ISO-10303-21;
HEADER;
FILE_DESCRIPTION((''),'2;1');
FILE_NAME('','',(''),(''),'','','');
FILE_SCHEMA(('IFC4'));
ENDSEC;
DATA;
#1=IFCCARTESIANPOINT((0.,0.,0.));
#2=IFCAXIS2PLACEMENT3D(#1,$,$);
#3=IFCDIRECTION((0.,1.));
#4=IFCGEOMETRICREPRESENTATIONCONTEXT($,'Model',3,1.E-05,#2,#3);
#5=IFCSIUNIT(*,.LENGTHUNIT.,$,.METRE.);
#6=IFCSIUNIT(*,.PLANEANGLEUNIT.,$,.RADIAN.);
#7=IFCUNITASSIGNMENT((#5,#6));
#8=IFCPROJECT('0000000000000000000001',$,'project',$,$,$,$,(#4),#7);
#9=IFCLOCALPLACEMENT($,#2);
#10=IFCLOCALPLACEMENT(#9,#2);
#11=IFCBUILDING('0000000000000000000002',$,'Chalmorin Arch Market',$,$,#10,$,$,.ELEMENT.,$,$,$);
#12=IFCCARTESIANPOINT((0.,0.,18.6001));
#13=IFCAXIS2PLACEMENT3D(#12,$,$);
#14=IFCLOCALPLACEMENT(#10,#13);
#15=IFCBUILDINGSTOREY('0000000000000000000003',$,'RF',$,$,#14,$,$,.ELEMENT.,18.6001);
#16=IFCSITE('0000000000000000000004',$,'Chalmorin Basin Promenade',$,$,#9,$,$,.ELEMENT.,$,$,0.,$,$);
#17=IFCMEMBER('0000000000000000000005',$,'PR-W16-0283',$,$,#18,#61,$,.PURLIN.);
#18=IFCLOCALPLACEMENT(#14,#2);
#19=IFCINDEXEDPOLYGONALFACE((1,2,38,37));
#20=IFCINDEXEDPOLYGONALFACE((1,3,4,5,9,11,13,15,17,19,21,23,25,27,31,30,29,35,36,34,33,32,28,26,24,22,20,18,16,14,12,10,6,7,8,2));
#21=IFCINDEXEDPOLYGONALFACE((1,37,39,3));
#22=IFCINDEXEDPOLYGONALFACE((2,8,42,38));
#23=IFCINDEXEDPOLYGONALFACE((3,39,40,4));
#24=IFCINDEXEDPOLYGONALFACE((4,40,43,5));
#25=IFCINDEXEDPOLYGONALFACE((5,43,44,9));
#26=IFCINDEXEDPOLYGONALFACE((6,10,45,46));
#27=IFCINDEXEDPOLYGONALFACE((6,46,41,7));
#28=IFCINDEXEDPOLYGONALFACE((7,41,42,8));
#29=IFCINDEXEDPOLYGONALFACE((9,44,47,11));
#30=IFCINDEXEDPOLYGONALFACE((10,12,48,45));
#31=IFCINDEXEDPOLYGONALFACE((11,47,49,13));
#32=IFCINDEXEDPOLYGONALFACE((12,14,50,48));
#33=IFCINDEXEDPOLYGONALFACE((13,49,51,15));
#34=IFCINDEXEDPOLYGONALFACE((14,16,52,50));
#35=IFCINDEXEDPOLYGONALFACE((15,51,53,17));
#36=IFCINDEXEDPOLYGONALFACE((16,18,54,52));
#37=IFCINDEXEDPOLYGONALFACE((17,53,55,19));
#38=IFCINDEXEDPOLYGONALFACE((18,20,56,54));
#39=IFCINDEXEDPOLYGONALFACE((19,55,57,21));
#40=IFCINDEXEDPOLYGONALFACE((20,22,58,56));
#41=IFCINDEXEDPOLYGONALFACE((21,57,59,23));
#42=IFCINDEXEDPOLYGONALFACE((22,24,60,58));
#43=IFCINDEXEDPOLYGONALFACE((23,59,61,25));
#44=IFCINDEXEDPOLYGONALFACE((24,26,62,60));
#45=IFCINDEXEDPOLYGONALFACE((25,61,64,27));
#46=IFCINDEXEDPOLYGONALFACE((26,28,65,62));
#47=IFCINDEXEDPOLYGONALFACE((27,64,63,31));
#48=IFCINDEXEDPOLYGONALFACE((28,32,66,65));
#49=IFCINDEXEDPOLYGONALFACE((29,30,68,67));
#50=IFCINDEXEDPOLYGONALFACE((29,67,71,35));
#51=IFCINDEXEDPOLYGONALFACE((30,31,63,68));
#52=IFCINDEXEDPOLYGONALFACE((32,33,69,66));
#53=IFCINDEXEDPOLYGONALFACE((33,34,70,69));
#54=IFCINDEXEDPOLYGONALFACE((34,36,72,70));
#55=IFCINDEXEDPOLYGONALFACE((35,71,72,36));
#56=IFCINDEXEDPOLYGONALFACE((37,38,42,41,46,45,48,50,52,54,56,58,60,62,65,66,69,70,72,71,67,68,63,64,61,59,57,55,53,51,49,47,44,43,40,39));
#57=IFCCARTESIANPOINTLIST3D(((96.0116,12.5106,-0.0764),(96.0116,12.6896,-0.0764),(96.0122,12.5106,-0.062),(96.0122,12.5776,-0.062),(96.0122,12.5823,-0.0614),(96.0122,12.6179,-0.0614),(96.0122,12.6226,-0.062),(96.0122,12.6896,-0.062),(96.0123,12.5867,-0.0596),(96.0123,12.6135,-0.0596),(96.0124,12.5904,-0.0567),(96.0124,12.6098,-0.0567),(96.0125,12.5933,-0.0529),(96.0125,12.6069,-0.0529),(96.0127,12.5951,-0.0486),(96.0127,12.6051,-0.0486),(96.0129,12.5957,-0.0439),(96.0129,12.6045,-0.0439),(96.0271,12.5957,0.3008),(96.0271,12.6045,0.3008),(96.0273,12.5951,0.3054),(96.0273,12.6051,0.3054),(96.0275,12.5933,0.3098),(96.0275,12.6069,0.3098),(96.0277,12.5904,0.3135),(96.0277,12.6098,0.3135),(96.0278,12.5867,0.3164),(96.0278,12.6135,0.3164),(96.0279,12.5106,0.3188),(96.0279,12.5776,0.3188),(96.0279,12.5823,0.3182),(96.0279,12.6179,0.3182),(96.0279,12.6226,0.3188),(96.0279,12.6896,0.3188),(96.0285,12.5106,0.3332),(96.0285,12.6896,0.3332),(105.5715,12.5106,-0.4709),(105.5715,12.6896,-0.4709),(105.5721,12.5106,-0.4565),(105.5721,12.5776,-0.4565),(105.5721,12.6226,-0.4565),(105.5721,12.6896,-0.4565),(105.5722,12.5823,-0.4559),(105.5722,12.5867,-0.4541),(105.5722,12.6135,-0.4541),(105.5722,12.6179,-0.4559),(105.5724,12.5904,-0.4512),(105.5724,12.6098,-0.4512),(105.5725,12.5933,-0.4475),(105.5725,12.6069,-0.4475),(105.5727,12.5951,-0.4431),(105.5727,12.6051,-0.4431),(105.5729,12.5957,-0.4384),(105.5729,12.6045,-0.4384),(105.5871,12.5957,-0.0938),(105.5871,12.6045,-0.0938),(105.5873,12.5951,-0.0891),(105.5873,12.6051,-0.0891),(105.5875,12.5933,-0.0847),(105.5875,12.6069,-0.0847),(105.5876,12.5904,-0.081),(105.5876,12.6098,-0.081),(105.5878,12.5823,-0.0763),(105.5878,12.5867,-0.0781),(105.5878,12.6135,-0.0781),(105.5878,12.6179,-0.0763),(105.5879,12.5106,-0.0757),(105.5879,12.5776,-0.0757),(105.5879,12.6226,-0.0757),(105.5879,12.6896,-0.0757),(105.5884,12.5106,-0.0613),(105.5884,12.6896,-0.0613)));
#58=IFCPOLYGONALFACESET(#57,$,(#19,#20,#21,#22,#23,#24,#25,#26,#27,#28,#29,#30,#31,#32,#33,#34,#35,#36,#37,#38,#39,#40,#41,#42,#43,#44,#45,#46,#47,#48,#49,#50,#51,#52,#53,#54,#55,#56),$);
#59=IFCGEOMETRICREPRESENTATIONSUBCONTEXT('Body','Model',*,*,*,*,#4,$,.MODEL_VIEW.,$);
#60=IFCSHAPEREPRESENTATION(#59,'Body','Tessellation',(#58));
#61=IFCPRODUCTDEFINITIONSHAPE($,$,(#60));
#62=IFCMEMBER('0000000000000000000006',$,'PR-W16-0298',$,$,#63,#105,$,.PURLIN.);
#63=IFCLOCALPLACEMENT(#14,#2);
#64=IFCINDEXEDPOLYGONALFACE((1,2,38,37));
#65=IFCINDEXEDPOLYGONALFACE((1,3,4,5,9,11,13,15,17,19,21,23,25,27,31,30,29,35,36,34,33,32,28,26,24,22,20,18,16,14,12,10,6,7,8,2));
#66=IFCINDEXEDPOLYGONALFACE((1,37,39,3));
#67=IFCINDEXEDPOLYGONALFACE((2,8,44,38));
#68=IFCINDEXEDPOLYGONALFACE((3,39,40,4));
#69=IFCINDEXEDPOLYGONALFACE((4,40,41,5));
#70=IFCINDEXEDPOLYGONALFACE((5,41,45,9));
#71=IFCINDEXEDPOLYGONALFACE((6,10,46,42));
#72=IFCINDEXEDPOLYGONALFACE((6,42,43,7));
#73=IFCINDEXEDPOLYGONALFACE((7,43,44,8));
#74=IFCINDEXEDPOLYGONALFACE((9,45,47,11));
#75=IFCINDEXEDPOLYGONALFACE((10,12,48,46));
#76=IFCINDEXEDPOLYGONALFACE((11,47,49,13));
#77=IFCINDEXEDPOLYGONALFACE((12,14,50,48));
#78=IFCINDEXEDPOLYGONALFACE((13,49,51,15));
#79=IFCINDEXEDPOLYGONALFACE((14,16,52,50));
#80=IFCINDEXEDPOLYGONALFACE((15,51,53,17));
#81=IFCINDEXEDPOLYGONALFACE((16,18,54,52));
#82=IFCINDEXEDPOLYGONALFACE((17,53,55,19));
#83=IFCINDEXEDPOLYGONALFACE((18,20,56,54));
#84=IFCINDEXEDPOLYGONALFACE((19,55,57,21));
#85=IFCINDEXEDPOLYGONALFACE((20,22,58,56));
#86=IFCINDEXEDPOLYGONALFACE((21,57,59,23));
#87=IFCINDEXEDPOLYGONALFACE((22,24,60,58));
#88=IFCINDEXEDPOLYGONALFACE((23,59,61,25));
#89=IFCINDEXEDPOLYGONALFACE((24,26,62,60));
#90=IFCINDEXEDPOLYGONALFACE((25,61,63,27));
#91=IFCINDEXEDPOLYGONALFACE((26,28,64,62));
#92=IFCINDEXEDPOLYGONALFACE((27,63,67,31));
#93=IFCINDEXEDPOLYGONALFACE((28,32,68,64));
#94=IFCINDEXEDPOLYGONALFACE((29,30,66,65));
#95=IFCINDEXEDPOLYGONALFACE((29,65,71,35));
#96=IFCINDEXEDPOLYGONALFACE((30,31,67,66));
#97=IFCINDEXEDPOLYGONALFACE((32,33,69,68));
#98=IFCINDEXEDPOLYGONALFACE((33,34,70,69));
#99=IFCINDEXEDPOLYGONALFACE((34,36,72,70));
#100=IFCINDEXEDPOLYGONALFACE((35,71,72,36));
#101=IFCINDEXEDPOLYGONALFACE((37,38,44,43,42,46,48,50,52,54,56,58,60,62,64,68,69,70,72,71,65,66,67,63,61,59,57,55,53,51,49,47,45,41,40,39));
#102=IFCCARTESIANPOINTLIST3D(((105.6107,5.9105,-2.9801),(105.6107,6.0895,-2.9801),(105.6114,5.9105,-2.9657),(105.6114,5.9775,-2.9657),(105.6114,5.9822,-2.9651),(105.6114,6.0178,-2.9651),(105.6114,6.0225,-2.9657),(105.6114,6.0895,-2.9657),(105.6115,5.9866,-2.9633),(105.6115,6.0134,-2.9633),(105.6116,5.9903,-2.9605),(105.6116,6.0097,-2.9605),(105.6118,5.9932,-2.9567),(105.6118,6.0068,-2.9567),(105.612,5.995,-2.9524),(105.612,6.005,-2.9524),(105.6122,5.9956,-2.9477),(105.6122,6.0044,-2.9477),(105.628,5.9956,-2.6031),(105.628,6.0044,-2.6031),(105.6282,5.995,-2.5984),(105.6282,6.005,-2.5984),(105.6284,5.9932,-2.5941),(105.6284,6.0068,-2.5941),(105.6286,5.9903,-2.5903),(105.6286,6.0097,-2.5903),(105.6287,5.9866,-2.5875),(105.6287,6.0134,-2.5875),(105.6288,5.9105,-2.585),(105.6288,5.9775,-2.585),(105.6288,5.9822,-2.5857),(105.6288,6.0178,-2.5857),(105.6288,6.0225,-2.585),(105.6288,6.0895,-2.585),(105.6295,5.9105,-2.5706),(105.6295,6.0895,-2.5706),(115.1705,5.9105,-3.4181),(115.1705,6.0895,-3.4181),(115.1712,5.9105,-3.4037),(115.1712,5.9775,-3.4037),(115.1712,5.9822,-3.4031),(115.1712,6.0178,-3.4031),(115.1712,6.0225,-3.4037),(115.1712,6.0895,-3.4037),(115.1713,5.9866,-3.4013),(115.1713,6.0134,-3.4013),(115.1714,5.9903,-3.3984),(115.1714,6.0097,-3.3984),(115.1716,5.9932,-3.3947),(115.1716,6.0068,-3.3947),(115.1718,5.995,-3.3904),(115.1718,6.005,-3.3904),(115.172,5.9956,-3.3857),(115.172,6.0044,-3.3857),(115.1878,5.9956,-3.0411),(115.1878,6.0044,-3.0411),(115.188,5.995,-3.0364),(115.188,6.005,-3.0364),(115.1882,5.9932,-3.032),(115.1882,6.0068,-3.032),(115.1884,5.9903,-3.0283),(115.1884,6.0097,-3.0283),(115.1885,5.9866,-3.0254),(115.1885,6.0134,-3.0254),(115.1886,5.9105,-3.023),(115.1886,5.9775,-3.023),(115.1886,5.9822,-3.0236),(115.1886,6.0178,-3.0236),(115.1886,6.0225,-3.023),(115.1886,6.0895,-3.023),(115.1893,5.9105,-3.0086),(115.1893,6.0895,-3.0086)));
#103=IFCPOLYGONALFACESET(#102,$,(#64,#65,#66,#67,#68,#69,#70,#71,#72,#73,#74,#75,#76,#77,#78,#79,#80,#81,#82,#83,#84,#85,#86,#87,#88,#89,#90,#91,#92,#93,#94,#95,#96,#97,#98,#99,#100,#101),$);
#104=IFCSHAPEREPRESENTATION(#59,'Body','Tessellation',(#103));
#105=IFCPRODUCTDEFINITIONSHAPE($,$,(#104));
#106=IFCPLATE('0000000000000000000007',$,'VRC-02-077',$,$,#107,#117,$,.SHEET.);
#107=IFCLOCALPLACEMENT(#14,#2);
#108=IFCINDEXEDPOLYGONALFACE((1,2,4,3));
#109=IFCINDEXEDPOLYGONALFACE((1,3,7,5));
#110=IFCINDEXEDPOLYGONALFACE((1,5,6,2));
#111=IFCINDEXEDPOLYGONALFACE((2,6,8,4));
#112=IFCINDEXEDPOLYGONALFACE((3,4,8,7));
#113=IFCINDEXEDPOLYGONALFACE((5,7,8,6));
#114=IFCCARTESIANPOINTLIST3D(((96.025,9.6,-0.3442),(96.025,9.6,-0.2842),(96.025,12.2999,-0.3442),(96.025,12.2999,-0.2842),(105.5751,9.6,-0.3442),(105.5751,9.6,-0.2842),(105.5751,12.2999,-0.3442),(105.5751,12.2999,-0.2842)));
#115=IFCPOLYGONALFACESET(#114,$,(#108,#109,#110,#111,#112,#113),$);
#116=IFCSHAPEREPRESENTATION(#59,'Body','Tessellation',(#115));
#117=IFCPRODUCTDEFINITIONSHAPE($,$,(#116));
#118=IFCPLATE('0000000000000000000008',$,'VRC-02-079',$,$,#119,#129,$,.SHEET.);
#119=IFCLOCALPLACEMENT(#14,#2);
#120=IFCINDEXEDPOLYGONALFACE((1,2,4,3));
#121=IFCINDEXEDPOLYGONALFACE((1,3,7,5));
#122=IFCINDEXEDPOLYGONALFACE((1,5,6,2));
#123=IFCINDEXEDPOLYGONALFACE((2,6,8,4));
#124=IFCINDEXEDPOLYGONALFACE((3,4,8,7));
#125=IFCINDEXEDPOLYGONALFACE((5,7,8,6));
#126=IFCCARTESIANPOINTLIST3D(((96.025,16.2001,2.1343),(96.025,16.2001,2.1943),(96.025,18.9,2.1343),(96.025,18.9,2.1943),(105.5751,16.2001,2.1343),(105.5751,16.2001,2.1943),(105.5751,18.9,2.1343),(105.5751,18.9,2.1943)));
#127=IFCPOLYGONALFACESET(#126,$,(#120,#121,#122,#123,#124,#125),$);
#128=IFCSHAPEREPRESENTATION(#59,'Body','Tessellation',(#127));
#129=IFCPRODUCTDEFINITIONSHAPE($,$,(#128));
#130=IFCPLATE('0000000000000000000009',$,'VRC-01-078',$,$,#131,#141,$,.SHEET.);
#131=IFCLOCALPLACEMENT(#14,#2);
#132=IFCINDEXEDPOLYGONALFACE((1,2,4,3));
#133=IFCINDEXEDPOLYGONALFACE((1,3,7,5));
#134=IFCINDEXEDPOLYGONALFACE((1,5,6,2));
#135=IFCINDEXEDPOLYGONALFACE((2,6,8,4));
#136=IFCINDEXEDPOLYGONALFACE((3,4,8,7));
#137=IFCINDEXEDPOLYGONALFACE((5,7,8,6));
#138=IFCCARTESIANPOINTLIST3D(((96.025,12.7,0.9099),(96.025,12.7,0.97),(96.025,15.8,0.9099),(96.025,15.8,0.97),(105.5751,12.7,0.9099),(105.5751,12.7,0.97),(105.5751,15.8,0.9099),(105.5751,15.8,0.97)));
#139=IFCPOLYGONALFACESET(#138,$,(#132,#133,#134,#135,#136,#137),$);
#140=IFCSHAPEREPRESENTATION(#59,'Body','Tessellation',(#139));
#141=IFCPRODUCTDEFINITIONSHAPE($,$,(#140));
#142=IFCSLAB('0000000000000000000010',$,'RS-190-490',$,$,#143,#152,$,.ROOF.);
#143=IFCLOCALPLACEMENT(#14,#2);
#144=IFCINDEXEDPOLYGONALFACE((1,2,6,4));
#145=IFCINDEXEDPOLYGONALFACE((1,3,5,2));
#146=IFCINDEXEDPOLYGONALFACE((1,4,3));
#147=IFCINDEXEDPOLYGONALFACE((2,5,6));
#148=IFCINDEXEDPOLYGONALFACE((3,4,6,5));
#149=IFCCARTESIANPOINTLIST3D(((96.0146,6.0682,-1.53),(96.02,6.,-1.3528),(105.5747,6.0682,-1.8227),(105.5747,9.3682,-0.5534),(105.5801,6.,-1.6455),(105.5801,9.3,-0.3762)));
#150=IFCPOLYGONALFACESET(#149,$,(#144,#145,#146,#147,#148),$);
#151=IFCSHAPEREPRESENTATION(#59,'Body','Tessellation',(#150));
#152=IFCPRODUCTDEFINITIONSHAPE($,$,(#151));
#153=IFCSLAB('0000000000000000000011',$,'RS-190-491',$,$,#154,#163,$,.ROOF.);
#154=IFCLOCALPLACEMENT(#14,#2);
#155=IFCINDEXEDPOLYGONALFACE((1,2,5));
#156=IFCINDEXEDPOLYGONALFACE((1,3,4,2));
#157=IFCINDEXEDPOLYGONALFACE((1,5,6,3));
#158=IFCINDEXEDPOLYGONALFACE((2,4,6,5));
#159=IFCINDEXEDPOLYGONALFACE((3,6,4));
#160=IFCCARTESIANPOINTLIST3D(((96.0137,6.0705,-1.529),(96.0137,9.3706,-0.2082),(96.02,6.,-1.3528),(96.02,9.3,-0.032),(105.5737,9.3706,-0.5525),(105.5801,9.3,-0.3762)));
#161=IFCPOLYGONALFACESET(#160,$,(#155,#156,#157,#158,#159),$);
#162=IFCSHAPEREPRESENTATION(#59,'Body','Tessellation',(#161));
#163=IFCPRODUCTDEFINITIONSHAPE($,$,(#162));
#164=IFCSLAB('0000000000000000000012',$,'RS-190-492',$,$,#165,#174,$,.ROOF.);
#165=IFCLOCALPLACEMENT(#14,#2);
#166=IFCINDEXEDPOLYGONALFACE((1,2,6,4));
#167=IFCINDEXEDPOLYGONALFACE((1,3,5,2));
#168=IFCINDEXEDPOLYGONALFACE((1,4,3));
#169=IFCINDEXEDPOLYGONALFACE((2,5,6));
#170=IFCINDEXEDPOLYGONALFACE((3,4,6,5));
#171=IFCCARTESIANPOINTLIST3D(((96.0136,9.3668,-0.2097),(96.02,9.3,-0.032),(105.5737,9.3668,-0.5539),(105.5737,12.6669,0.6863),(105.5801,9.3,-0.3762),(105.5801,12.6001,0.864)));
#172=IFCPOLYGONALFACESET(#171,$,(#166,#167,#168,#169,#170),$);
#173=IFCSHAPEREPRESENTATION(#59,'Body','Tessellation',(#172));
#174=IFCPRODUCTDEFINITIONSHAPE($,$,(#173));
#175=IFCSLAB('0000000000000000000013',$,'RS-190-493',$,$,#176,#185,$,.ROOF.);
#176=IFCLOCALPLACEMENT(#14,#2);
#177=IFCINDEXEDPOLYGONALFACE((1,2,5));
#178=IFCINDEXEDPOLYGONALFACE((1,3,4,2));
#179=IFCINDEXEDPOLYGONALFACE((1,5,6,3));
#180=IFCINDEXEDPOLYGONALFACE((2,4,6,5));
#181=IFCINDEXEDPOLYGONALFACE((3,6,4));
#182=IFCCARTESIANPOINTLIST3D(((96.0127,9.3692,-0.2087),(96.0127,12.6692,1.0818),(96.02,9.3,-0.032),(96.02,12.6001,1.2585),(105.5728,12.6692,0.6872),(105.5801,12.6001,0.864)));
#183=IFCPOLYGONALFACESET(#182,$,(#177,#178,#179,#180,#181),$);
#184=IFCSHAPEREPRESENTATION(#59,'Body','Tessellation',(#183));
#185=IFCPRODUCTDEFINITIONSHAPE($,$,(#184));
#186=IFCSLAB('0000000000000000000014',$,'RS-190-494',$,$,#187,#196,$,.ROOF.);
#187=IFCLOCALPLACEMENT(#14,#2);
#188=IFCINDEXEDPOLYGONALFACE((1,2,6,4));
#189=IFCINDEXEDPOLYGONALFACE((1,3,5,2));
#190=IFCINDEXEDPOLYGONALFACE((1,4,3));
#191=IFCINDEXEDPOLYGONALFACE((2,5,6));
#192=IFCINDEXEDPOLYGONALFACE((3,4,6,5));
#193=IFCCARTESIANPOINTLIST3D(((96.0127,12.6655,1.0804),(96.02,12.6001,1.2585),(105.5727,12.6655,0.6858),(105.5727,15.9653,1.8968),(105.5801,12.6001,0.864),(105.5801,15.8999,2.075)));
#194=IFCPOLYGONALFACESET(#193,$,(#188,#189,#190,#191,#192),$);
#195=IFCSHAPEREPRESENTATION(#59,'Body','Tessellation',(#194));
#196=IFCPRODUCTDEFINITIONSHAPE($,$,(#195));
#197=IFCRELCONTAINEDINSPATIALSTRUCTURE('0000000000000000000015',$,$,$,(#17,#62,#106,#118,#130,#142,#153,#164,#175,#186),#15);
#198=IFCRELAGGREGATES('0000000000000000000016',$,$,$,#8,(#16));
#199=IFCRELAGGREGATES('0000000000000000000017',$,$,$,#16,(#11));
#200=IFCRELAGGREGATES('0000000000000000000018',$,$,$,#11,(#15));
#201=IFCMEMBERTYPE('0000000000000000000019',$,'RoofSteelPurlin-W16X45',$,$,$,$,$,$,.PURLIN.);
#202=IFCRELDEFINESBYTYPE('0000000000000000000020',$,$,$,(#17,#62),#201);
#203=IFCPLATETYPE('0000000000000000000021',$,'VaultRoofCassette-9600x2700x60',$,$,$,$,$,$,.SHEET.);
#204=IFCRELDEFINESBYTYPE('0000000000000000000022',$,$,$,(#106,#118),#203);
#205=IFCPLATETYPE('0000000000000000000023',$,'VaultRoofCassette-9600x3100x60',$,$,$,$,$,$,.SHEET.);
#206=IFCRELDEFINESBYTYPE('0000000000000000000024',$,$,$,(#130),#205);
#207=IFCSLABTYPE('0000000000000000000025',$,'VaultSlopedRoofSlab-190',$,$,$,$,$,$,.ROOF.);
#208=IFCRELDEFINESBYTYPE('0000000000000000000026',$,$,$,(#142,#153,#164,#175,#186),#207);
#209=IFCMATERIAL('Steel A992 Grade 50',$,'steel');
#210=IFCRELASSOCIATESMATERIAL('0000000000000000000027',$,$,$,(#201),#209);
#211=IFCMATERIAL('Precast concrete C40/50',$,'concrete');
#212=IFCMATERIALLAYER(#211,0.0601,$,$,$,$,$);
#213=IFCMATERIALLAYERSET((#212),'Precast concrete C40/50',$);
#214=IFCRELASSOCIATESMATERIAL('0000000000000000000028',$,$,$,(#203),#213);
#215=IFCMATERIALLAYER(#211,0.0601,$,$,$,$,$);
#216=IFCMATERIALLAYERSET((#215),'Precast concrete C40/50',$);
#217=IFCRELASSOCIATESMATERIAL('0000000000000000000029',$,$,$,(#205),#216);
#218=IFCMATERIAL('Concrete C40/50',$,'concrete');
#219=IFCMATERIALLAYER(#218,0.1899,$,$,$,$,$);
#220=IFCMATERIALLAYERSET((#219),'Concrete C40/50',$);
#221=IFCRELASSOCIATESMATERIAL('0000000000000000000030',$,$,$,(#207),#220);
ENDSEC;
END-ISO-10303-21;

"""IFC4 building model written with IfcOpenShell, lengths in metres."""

from ifc_helpers import new_model, si_unit, direction, frame, origin, origin_2d, place, context, subcontext, project, spatial, polyline, rectangle, i_section, outline, extrude, material, layer, layer_set, material_profile, profile_set, type_object, element, save


model = new_model("IFC4")

# Units and contexts
model_context = context("Model", 3, precision=1e-05, world=origin(), true_north=direction((0.0, 1.0)))
body_context = subcontext(model_context, "Body", "Model", "MODEL_VIEW")
ifc_project = project(units=[si_unit("LENGTHUNIT", "METRE"), si_unit("PLANEANGLEUNIT", "RADIAN")], contexts=[model_context])

# Site, building, storey
site_placement = place(None, origin())
site = spatial("IfcSite", under=ifc_project, at=site_placement, Name="Chalmorin Basin Promenade", CompositionType="ELEMENT", RefElevation=0.0)
building_placement = place(site_placement, origin())
building = spatial("IfcBuilding", under=site, at=building_placement, Name="Chalmorin Arch Market", CompositionType="ELEMENT")
storey_placement = place(building_placement, frame((0.0, 0.0, 18.6001)))
storey = spatial("IfcBuildingStorey", under=building, at=storey_placement, Name="RF", CompositionType="ELEMENT", Elevation=18.6001)

# Members
ifc_material_1 = material(Name="Steel A992 Grade 50", Category="steel")
ifc_material_profile_1 = material_profile(ifc_material_1, i_section(OverallWidth=0.179, OverallDepth=0.4099, WebThickness=0.0088, FlangeThickness=0.0144, FilletRadius=0.0181, at=origin_2d()), Name="W16X45")
ifc_profile_set_1 = profile_set([ifc_material_profile_1], Name="Steel A992 Grade 50")
member_type_1 = type_object("IfcMemberType", Name="RoofSteelPurlin-W16X45", PredefinedType="PURLIN", material=ifc_profile_set_1)
member_1_placement = place(storey_placement, frame((96.02, 12.6001, 0.1284), z_axis=(0.99915, 0.0, -0.041234), x_axis=(0.0, 1.0, 0.0)))
element("IfcMember", 1, at=member_1_placement, inside=storey, type_object=member_type_1, Name="PR-W16-0283", PredefinedType="PURLIN", context=body_context, shape_type="SweptSolid", body=[
    extrude(i_section(OverallWidth=0.179, OverallDepth=0.4099, WebThickness=0.0088, FlangeThickness=0.0144, FilletRadius=0.0181, at=origin_2d()), origin(), (0.0, 0.0, 1.0), 9.5681),
])
member_2_placement = place(storey_placement, frame((105.6201, 6.0, -2.7754), z_axis=(0.998952, 0.0, -0.045768), x_axis=(0.0, 1.0, 0.0)))
element("IfcMember", 2, at=member_2_placement, inside=storey, type_object=member_type_1, Name="PR-W16-0298", PredefinedType="PURLIN", context=body_context, shape_type="SweptSolid", body=[
    extrude(i_section(OverallWidth=0.179, OverallDepth=0.4099, WebThickness=0.0088, FlangeThickness=0.0144, FilletRadius=0.0181, at=origin_2d()), origin(), (0.0, 0.0, 1.0), 9.5698),
])

# Plates
ifc_material_2 = material(Name="Precast concrete C40/50", Category="concrete")
ifc_layer_1 = layer(ifc_material_2, 0.0601)
ifc_layer_set_1 = layer_set([ifc_layer_1], Name="Precast concrete C40/50")
plate_type_1 = type_object("IfcPlateType", Name="VaultRoofCassette-9600x2700x60", PredefinedType="SHEET", material=ifc_layer_set_1)
for number, where, z_axis, x_axis, name in (
    (3, (100.8, 10.95, -0.3442), (0.0, 0.0, 1.0), (1.0, 0.0, 0.0), "VRC-02-077"),
    (4, (100.8, 17.55, 2.1343), (0.0, 0.0, 1.0), (1.0, 0.0, 0.0), "VRC-02-079"),
):
    element("IfcPlate", number, at=place(storey_placement, frame(where, z_axis=z_axis, x_axis=x_axis)), inside=storey, type_object=plate_type_1, Name=name, PredefinedType="SHEET", context=body_context, shape_type="SweptSolid", body=[
        extrude(rectangle(XDim=9.55, YDim=2.7, at=origin_2d()), origin(), (0.0, 0.0, 1.0), 0.0601),
    ])
ifc_layer_2 = layer(ifc_material_2, 0.0601)
ifc_layer_set_2 = layer_set([ifc_layer_2], Name="Precast concrete C40/50")
plate_type_2 = type_object("IfcPlateType", Name="VaultRoofCassette-9600x3100x60", PredefinedType="SHEET", material=ifc_layer_set_2)
plate_placement = place(storey_placement, frame((100.8, 14.25, 0.9099), z_axis=(0.0, 0.0, 1.0), x_axis=(1.0, 0.0, 0.0)))
element("IfcPlate", 5, at=plate_placement, inside=storey, type_object=plate_type_2, Name="VRC-01-078", PredefinedType="SHEET", context=body_context, shape_type="SweptSolid", body=[
    extrude(rectangle(XDim=9.55, YDim=3.1001, at=origin_2d()), origin(), (0.0, 0.0, 1.0), 0.0601),
])

# Slabs
ifc_material_3 = material(Name="Concrete C40/50", Category="concrete")
ifc_layer_3 = layer(ifc_material_3, 0.1899)
ifc_layer_set_3 = layer_set([ifc_layer_3], Name="Concrete C40/50")
slab_type = type_object("IfcSlabType", Name="VaultSlopedRoofSlab-190", PredefinedType="ROOF", material=ifc_layer_set_3)
slab_1_placement = place(storey_placement, frame((96.02, 6.0, -1.3528), z_axis=(0.028567, -0.358842, 0.932961), x_axis=(0.999532, 0.0, -0.030605)))
element("IfcSlab", 6, at=slab_1_placement, inside=storey, type_object=slab_type, Name="RS-190-490", PredefinedType="ROOF", context=body_context, shape_type="SweptSolid", body=[
    extrude(outline(polyline([(0.0, 0.0), (9.5645, 0.0), (9.5257, 3.5355), (0.0, 0.0)])), origin(), (0.0, 0.0, -1.0), 0.1899),
])
slab_2_placement = place(storey_placement, frame((96.02, 6.0, -1.3528), z_axis=(0.033411, -0.371373, 0.927883), x_axis=(0.940891, 0.324787, 0.096112)))
element("IfcSlab", 7, at=slab_2_placement, inside=storey, type_object=slab_type, Name="RS-190-491", PredefinedType="ROOF", context=body_context, shape_type="SweptSolid", body=[
    extrude(outline(polyline([(0.0, 0.0), (10.1606, 0.0), (1.1988, 3.3463), (0.0, 0.0)])), origin(), (0.0, 0.0, -1.0), 0.1899),
])
slab_3_placement = place(storey_placement, frame((96.02, 9.3, -0.032), z_axis=(0.033687, -0.351599, 0.935544), x_axis=(0.999352, 0.0, -0.035985)))
element("IfcSlab", 8, at=slab_3_placement, inside=storey, type_object=slab_type, Name="RS-190-492", PredefinedType="ROOF", context=body_context, shape_type="SweptSolid", body=[
    extrude(outline(polyline([(0.0, 0.0), (9.5663, 0.0), (9.5216, 3.5251), (0.0, 0.0)])), origin(), (0.0, 0.0, -1.0), 0.1899),
])
slab_4_placement = place(storey_placement, frame((96.02, 9.3, -0.032), z_axis=(0.038406, -0.363936, 0.930632), x_axis=(0.941579, 0.325025, 0.088247)))
element("IfcSlab", 9, at=slab_4_placement, inside=storey, type_object=slab_type, Name="RS-190-493", PredefinedType="ROOF", context=body_context, shape_type="SweptSolid", body=[
    extrude(outline(polyline([(0.0, 0.0), (10.1532, 0.0), (1.1865, 3.3389), (0.0, 0.0)])), origin(), (0.0, 0.0, -1.0), 0.1899),
])
slab_5_placement = place(storey_placement, frame((96.02, 12.6001, 1.2585), z_axis=(0.038713, -0.344249, 0.93808), x_axis=(0.99915, 0.0, -0.041234)))
element("IfcSlab", 10, at=slab_5_placement, inside=storey, type_object=slab_type, Name="RS-190-494", PredefinedType="ROOF", context=body_context, shape_type="SweptSolid", body=[
    extrude(outline(polyline([(0.0, 0.0), (9.5682, 0.0), (9.5183, 3.5146), (0.0, 0.0)])), origin(), (0.0, 0.0, -1.0), 0.1899),
])

save(model, "model.ifc")
